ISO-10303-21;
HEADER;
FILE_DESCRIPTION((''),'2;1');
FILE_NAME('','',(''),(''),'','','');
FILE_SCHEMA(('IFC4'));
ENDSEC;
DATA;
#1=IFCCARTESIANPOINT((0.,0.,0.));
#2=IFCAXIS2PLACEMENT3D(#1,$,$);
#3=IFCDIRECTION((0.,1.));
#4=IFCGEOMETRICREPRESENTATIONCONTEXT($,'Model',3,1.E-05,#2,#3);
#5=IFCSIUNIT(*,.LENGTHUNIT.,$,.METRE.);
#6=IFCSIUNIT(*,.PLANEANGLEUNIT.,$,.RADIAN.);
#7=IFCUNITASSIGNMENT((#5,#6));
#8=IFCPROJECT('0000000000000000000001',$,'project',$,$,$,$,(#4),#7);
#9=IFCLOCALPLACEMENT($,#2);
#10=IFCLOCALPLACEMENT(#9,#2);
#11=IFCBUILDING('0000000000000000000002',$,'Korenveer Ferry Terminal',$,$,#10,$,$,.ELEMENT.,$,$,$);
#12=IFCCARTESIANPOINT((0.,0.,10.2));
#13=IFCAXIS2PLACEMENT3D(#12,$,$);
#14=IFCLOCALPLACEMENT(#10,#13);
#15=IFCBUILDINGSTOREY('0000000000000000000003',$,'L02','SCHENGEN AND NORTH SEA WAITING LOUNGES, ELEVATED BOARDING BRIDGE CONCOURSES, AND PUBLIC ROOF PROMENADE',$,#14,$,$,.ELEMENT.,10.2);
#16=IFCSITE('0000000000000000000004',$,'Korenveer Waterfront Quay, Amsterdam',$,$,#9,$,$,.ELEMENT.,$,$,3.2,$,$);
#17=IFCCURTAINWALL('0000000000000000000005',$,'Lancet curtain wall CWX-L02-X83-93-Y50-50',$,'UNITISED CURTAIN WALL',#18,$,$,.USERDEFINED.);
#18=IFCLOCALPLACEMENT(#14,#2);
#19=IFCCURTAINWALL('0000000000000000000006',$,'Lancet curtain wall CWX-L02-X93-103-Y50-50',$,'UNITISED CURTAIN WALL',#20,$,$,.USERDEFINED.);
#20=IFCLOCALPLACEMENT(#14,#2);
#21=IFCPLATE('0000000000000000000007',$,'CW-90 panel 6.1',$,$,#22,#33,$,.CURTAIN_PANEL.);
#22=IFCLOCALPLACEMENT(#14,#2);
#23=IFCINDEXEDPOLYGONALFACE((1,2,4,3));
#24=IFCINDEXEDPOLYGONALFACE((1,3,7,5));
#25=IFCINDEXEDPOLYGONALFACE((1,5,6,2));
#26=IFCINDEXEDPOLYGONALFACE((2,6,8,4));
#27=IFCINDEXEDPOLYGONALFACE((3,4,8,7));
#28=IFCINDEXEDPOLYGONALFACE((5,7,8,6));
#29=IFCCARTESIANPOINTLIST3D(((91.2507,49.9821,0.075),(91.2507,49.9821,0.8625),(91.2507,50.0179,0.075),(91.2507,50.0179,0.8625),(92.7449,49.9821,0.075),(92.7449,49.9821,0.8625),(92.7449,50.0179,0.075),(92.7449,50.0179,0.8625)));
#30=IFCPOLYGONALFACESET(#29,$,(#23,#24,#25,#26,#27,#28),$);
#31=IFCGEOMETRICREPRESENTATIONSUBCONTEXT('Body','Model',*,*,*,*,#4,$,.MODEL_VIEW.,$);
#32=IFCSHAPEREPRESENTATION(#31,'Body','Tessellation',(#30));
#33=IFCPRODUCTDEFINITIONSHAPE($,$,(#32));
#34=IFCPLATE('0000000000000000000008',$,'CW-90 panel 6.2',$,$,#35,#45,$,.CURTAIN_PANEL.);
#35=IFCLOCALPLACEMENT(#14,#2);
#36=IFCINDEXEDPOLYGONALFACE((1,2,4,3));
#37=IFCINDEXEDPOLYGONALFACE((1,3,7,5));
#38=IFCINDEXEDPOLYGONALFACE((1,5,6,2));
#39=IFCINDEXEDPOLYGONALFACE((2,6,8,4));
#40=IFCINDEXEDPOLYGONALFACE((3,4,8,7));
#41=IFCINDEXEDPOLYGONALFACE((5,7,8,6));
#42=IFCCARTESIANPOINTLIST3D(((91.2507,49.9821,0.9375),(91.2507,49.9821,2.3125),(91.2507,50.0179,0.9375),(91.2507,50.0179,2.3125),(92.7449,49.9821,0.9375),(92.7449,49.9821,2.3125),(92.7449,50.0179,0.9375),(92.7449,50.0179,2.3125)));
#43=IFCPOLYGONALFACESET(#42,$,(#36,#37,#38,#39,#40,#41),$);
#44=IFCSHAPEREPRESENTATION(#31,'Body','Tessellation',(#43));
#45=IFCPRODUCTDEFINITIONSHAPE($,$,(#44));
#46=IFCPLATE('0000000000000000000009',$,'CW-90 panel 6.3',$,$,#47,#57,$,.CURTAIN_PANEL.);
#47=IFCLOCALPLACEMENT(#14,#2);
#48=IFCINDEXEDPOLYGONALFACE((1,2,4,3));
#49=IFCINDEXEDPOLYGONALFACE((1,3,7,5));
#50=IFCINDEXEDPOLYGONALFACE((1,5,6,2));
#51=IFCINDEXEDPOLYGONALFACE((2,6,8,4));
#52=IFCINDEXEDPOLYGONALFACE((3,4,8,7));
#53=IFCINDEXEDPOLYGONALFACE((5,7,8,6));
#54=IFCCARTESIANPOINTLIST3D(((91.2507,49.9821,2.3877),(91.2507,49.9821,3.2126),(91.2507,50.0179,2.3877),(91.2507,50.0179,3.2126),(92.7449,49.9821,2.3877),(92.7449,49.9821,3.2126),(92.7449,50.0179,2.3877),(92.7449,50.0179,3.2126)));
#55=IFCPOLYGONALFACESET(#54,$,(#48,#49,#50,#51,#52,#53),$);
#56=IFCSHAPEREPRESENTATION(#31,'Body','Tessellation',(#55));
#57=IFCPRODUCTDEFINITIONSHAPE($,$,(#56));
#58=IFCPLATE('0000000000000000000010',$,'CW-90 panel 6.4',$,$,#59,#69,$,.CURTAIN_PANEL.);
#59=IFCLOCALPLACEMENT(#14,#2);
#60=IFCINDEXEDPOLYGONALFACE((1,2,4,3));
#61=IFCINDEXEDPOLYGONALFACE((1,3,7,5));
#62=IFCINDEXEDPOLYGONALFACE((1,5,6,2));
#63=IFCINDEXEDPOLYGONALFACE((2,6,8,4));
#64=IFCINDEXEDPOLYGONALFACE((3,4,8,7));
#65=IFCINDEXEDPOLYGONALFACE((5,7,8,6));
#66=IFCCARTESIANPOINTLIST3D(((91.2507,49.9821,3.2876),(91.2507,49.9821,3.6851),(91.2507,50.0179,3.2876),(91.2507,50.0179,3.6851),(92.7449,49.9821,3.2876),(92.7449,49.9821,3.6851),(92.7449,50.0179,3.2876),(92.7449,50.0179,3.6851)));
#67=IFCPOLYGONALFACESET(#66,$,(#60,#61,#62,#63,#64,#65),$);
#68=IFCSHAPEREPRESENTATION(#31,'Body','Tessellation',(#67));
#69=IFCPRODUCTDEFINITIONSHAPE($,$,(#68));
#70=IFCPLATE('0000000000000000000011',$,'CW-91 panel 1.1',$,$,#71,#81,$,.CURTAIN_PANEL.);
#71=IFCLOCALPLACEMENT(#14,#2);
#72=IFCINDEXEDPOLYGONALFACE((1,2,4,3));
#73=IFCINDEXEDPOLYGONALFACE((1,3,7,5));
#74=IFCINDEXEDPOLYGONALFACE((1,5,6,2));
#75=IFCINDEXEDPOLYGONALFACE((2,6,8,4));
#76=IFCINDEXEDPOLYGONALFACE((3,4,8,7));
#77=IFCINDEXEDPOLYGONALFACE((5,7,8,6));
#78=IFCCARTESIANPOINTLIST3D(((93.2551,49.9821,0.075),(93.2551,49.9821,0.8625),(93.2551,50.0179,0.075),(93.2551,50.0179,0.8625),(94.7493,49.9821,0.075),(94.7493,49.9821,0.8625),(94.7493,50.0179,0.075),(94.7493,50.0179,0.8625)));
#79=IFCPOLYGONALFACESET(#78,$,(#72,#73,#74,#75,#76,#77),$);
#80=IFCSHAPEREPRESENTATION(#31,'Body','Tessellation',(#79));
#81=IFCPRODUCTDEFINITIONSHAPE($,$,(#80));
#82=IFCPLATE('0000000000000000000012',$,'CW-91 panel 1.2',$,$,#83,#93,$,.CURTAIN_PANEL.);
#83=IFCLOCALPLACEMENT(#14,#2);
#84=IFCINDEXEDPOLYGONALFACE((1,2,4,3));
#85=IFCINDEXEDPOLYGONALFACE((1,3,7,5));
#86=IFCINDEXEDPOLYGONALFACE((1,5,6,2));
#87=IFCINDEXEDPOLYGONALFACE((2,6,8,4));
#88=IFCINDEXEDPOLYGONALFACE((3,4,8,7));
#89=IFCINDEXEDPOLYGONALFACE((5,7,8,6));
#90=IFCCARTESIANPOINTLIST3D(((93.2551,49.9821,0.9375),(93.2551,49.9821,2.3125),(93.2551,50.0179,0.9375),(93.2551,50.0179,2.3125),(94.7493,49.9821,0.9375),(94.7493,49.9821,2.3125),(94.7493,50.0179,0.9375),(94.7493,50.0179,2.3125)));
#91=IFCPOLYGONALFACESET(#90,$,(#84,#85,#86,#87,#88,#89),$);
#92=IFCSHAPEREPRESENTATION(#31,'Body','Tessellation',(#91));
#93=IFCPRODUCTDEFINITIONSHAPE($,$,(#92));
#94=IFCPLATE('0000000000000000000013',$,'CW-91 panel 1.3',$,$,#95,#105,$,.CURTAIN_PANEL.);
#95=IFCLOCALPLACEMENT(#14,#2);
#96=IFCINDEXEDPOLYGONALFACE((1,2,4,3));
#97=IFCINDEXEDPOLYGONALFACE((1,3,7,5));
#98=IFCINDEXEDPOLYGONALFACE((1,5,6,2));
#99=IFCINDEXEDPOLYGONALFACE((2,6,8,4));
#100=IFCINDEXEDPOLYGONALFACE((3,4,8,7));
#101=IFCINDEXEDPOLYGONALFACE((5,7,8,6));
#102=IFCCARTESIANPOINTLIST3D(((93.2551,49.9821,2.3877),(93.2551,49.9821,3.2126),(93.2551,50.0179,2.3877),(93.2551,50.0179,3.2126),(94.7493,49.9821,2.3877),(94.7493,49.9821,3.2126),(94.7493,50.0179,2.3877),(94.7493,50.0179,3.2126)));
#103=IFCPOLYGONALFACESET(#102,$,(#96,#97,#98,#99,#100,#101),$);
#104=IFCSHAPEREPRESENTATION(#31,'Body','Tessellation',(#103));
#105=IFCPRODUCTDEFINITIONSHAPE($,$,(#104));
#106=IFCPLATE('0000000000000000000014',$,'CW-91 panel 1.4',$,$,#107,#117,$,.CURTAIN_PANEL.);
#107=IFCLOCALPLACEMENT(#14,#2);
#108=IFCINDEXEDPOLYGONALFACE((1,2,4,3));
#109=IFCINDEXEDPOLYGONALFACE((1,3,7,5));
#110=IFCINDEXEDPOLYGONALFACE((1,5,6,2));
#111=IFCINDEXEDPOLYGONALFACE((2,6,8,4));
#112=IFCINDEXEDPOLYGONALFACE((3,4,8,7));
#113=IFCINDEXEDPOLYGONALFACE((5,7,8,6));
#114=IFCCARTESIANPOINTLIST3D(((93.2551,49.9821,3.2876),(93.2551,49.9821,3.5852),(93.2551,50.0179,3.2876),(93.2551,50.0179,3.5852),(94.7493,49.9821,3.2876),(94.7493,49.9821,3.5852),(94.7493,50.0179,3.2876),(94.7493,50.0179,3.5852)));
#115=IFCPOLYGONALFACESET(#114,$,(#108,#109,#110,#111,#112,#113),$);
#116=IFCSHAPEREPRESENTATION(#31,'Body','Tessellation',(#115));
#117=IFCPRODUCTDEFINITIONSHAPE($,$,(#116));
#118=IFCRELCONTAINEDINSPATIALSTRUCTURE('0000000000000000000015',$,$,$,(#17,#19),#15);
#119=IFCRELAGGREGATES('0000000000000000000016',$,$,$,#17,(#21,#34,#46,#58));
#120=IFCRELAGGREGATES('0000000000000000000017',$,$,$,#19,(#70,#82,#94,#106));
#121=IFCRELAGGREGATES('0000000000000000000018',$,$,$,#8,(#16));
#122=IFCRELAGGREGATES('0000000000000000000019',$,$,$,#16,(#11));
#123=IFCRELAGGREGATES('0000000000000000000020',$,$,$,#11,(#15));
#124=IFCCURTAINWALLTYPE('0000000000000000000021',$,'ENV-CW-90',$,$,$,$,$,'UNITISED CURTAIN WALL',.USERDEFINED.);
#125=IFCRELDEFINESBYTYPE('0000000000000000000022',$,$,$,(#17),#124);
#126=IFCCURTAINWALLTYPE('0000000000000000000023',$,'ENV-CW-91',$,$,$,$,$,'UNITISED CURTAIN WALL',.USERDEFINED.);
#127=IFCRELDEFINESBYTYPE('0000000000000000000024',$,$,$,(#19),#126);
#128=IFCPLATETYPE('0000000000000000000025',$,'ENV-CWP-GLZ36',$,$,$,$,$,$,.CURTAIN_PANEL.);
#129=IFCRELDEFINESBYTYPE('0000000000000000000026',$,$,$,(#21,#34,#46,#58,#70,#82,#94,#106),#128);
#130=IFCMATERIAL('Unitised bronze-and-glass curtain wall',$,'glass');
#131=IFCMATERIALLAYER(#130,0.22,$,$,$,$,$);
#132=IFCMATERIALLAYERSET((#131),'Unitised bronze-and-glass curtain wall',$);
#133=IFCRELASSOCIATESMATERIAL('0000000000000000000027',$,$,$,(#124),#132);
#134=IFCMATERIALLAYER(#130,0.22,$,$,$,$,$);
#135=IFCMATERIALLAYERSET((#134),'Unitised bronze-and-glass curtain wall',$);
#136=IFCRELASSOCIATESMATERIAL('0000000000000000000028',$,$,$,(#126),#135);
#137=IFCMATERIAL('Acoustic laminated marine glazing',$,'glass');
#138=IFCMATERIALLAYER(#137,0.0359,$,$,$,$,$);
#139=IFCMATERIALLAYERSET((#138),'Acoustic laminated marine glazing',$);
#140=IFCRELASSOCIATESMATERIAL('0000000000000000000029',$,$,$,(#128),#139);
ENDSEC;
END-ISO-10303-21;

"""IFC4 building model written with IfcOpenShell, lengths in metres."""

from ifc_helpers import new_model, si_unit, direction, frame, origin, origin_2d, place, context, subcontext, project, spatial, rectangle, extrude, material, layer, layer_set, type_object, element, aggregate, save


model = new_model("IFC4")

# Units and contexts
model_context = context("Model", 3, precision=1e-05, world=origin(), true_north=direction((0.0, 1.0)))
body_context = subcontext(model_context, "Body", "Model", "MODEL_VIEW")
ifc_project = project(units=[si_unit("LENGTHUNIT", "METRE"), si_unit("PLANEANGLEUNIT", "RADIAN")], contexts=[model_context])

# Site, building, storey
site_placement = place(None, origin())
site = spatial("IfcSite", under=ifc_project, at=site_placement, Name="Korenveer Waterfront Quay, Amsterdam", CompositionType="ELEMENT", RefElevation=3.2)
building_placement = place(site_placement, origin())
building = spatial("IfcBuilding", under=site, at=building_placement, Name="Korenveer Ferry Terminal", CompositionType="ELEMENT")
storey_placement = place(building_placement, frame((0.0, 0.0, 10.2)))
storey = spatial("IfcBuildingStorey", under=building, at=storey_placement, Name="L02", Description="SCHENGEN AND NORTH SEA WAITING LOUNGES, ELEVATED BOARDING BRIDGE CONCOURSES, AND PUBLIC ROOF PROMENADE", CompositionType="ELEMENT", Elevation=10.2)

# Curtain walls
ifc_material_1 = material(Name="Unitised bronze-and-glass curtain wall", Category="glass")
ifc_layer_1 = layer(ifc_material_1, 0.22)
ifc_layer_set_1 = layer_set([ifc_layer_1], Name="Unitised bronze-and-glass curtain wall")
curtain_wall_type_1 = type_object("IfcCurtainWallType", Name="ENV-CW-90", ElementType="UNITISED CURTAIN WALL", PredefinedType="USERDEFINED", material=ifc_layer_set_1)
curtain_wall_1_placement = place(storey_placement, frame((83.1799, 50.0, 0.0)))
curtain_wall_1 = element("IfcCurtainWall", 1, at=curtain_wall_1_placement, inside=storey, type_object=curtain_wall_type_1, Name="Lancet curtain wall CWX-L02-X83-93-Y50-50", ObjectType="UNITISED CURTAIN WALL", PredefinedType="USERDEFINED")
ifc_layer_2 = layer(ifc_material_1, 0.22)
ifc_layer_set_2 = layer_set([ifc_layer_2], Name="Unitised bronze-and-glass curtain wall")
curtain_wall_type_2 = type_object("IfcCurtainWallType", Name="ENV-CW-91", ElementType="UNITISED CURTAIN WALL", PredefinedType="USERDEFINED", material=ifc_layer_set_2)
curtain_wall_2_placement = place(storey_placement, frame((93.1799, 50.0, 0.0)))
curtain_wall_2 = element("IfcCurtainWall", 2, at=curtain_wall_2_placement, inside=storey, type_object=curtain_wall_type_2, Name="Lancet curtain wall CWX-L02-X93-103-Y50-50", ObjectType="UNITISED CURTAIN WALL", PredefinedType="USERDEFINED")

# Plates
ifc_material_2 = material(Name="Acoustic laminated marine glazing", Category="glass")
ifc_layer_3 = layer(ifc_material_2, 0.0359)
ifc_layer_set_3 = layer_set([ifc_layer_3], Name="Acoustic laminated marine glazing")
plate_type = type_object("IfcPlateType", Name="ENV-CWP-GLZ36", PredefinedType="CURTAIN_PANEL", material=ifc_layer_set_3)
plate_1_placement = place(storey_placement, frame((91.9978, 50.0, 0.075), z_axis=(0.0, 0.0, 1.0), x_axis=(1.0, 0.0, 0.0)))
plate_1 = element("IfcPlate", 3, at=plate_1_placement, type_object=plate_type, Name="CW-90 panel 6.1", PredefinedType="CURTAIN_PANEL", context=body_context, shape_type="SweptSolid", body=[
    extrude(rectangle(XDim=1.4941, YDim=0.0359, at=origin_2d()), origin(), (0.0, 0.0, 1.0), 0.7876),
])
plate_2_placement = place(storey_placement, frame((91.9978, 50.0, 0.9375), z_axis=(0.0, 0.0, 1.0), x_axis=(1.0, 0.0, 0.0)))
plate_2 = element("IfcPlate", 4, at=plate_2_placement, type_object=plate_type, Name="CW-90 panel 6.2", PredefinedType="CURTAIN_PANEL", context=body_context, shape_type="SweptSolid", body=[
    extrude(rectangle(XDim=1.4941, YDim=0.0359, at=origin_2d()), origin(), (0.0, 0.0, 1.0), 1.375),
])
plate_3_placement = place(storey_placement, frame((91.9978, 50.0, 2.3877), z_axis=(0.0, 0.0, 1.0), x_axis=(1.0, 0.0, 0.0)))
plate_3 = element("IfcPlate", 5, at=plate_3_placement, type_object=plate_type, Name="CW-90 panel 6.3", PredefinedType="CURTAIN_PANEL", context=body_context, shape_type="SweptSolid", body=[
    extrude(rectangle(XDim=1.4941, YDim=0.0359, at=origin_2d()), origin(), (0.0, 0.0, 1.0), 0.825),
])
plate_4_placement = place(storey_placement, frame((91.9978, 50.0, 3.2876), z_axis=(0.0, 0.0, 1.0), x_axis=(1.0, 0.0, 0.0)))
plate_4 = element("IfcPlate", 6, at=plate_4_placement, type_object=plate_type, Name="CW-90 panel 6.4", PredefinedType="CURTAIN_PANEL", context=body_context, shape_type="SweptSolid", body=[
    extrude(rectangle(XDim=1.4941, YDim=0.0359, at=origin_2d()), origin(), (0.0, 0.0, 1.0), 0.3975),
])
aggregate(curtain_wall_1, [plate_1, plate_2, plate_3, plate_4])
plate_5_placement = place(storey_placement, frame((94.0022, 50.0, 0.075), z_axis=(0.0, 0.0, 1.0), x_axis=(1.0, 0.0, 0.0)))
plate_5 = element("IfcPlate", 7, at=plate_5_placement, type_object=plate_type, Name="CW-91 panel 1.1", PredefinedType="CURTAIN_PANEL", context=body_context, shape_type="SweptSolid", body=[
    extrude(rectangle(XDim=1.4941, YDim=0.0359, at=origin_2d()), origin(), (0.0, 0.0, 1.0), 0.7876),
])
plate_6_placement = place(storey_placement, frame((94.0022, 50.0, 0.9375), z_axis=(0.0, 0.0, 1.0), x_axis=(1.0, 0.0, 0.0)))
plate_6 = element("IfcPlate", 8, at=plate_6_placement, type_object=plate_type, Name="CW-91 panel 1.2", PredefinedType="CURTAIN_PANEL", context=body_context, shape_type="SweptSolid", body=[
    extrude(rectangle(XDim=1.4941, YDim=0.0359, at=origin_2d()), origin(), (0.0, 0.0, 1.0), 1.375),
])
plate_7_placement = place(storey_placement, frame((94.0022, 50.0, 2.3877), z_axis=(0.0, 0.0, 1.0), x_axis=(1.0, 0.0, 0.0)))
plate_7 = element("IfcPlate", 9, at=plate_7_placement, type_object=plate_type, Name="CW-91 panel 1.3", PredefinedType="CURTAIN_PANEL", context=body_context, shape_type="SweptSolid", body=[
    extrude(rectangle(XDim=1.4941, YDim=0.0359, at=origin_2d()), origin(), (0.0, 0.0, 1.0), 0.825),
])
plate_8_placement = place(storey_placement, frame((94.0022, 50.0, 3.2876), z_axis=(0.0, 0.0, 1.0), x_axis=(1.0, 0.0, 0.0)))
plate_8 = element("IfcPlate", 10, at=plate_8_placement, type_object=plate_type, Name="CW-91 panel 1.4", PredefinedType="CURTAIN_PANEL", context=body_context, shape_type="SweptSolid", body=[
    extrude(rectangle(XDim=1.4941, YDim=0.0359, at=origin_2d()), origin(), (0.0, 0.0, 1.0), 0.2976),
])
aggregate(curtain_wall_2, [plate_5, plate_6, plate_7, plate_8])

save(model, "model.ifc")
